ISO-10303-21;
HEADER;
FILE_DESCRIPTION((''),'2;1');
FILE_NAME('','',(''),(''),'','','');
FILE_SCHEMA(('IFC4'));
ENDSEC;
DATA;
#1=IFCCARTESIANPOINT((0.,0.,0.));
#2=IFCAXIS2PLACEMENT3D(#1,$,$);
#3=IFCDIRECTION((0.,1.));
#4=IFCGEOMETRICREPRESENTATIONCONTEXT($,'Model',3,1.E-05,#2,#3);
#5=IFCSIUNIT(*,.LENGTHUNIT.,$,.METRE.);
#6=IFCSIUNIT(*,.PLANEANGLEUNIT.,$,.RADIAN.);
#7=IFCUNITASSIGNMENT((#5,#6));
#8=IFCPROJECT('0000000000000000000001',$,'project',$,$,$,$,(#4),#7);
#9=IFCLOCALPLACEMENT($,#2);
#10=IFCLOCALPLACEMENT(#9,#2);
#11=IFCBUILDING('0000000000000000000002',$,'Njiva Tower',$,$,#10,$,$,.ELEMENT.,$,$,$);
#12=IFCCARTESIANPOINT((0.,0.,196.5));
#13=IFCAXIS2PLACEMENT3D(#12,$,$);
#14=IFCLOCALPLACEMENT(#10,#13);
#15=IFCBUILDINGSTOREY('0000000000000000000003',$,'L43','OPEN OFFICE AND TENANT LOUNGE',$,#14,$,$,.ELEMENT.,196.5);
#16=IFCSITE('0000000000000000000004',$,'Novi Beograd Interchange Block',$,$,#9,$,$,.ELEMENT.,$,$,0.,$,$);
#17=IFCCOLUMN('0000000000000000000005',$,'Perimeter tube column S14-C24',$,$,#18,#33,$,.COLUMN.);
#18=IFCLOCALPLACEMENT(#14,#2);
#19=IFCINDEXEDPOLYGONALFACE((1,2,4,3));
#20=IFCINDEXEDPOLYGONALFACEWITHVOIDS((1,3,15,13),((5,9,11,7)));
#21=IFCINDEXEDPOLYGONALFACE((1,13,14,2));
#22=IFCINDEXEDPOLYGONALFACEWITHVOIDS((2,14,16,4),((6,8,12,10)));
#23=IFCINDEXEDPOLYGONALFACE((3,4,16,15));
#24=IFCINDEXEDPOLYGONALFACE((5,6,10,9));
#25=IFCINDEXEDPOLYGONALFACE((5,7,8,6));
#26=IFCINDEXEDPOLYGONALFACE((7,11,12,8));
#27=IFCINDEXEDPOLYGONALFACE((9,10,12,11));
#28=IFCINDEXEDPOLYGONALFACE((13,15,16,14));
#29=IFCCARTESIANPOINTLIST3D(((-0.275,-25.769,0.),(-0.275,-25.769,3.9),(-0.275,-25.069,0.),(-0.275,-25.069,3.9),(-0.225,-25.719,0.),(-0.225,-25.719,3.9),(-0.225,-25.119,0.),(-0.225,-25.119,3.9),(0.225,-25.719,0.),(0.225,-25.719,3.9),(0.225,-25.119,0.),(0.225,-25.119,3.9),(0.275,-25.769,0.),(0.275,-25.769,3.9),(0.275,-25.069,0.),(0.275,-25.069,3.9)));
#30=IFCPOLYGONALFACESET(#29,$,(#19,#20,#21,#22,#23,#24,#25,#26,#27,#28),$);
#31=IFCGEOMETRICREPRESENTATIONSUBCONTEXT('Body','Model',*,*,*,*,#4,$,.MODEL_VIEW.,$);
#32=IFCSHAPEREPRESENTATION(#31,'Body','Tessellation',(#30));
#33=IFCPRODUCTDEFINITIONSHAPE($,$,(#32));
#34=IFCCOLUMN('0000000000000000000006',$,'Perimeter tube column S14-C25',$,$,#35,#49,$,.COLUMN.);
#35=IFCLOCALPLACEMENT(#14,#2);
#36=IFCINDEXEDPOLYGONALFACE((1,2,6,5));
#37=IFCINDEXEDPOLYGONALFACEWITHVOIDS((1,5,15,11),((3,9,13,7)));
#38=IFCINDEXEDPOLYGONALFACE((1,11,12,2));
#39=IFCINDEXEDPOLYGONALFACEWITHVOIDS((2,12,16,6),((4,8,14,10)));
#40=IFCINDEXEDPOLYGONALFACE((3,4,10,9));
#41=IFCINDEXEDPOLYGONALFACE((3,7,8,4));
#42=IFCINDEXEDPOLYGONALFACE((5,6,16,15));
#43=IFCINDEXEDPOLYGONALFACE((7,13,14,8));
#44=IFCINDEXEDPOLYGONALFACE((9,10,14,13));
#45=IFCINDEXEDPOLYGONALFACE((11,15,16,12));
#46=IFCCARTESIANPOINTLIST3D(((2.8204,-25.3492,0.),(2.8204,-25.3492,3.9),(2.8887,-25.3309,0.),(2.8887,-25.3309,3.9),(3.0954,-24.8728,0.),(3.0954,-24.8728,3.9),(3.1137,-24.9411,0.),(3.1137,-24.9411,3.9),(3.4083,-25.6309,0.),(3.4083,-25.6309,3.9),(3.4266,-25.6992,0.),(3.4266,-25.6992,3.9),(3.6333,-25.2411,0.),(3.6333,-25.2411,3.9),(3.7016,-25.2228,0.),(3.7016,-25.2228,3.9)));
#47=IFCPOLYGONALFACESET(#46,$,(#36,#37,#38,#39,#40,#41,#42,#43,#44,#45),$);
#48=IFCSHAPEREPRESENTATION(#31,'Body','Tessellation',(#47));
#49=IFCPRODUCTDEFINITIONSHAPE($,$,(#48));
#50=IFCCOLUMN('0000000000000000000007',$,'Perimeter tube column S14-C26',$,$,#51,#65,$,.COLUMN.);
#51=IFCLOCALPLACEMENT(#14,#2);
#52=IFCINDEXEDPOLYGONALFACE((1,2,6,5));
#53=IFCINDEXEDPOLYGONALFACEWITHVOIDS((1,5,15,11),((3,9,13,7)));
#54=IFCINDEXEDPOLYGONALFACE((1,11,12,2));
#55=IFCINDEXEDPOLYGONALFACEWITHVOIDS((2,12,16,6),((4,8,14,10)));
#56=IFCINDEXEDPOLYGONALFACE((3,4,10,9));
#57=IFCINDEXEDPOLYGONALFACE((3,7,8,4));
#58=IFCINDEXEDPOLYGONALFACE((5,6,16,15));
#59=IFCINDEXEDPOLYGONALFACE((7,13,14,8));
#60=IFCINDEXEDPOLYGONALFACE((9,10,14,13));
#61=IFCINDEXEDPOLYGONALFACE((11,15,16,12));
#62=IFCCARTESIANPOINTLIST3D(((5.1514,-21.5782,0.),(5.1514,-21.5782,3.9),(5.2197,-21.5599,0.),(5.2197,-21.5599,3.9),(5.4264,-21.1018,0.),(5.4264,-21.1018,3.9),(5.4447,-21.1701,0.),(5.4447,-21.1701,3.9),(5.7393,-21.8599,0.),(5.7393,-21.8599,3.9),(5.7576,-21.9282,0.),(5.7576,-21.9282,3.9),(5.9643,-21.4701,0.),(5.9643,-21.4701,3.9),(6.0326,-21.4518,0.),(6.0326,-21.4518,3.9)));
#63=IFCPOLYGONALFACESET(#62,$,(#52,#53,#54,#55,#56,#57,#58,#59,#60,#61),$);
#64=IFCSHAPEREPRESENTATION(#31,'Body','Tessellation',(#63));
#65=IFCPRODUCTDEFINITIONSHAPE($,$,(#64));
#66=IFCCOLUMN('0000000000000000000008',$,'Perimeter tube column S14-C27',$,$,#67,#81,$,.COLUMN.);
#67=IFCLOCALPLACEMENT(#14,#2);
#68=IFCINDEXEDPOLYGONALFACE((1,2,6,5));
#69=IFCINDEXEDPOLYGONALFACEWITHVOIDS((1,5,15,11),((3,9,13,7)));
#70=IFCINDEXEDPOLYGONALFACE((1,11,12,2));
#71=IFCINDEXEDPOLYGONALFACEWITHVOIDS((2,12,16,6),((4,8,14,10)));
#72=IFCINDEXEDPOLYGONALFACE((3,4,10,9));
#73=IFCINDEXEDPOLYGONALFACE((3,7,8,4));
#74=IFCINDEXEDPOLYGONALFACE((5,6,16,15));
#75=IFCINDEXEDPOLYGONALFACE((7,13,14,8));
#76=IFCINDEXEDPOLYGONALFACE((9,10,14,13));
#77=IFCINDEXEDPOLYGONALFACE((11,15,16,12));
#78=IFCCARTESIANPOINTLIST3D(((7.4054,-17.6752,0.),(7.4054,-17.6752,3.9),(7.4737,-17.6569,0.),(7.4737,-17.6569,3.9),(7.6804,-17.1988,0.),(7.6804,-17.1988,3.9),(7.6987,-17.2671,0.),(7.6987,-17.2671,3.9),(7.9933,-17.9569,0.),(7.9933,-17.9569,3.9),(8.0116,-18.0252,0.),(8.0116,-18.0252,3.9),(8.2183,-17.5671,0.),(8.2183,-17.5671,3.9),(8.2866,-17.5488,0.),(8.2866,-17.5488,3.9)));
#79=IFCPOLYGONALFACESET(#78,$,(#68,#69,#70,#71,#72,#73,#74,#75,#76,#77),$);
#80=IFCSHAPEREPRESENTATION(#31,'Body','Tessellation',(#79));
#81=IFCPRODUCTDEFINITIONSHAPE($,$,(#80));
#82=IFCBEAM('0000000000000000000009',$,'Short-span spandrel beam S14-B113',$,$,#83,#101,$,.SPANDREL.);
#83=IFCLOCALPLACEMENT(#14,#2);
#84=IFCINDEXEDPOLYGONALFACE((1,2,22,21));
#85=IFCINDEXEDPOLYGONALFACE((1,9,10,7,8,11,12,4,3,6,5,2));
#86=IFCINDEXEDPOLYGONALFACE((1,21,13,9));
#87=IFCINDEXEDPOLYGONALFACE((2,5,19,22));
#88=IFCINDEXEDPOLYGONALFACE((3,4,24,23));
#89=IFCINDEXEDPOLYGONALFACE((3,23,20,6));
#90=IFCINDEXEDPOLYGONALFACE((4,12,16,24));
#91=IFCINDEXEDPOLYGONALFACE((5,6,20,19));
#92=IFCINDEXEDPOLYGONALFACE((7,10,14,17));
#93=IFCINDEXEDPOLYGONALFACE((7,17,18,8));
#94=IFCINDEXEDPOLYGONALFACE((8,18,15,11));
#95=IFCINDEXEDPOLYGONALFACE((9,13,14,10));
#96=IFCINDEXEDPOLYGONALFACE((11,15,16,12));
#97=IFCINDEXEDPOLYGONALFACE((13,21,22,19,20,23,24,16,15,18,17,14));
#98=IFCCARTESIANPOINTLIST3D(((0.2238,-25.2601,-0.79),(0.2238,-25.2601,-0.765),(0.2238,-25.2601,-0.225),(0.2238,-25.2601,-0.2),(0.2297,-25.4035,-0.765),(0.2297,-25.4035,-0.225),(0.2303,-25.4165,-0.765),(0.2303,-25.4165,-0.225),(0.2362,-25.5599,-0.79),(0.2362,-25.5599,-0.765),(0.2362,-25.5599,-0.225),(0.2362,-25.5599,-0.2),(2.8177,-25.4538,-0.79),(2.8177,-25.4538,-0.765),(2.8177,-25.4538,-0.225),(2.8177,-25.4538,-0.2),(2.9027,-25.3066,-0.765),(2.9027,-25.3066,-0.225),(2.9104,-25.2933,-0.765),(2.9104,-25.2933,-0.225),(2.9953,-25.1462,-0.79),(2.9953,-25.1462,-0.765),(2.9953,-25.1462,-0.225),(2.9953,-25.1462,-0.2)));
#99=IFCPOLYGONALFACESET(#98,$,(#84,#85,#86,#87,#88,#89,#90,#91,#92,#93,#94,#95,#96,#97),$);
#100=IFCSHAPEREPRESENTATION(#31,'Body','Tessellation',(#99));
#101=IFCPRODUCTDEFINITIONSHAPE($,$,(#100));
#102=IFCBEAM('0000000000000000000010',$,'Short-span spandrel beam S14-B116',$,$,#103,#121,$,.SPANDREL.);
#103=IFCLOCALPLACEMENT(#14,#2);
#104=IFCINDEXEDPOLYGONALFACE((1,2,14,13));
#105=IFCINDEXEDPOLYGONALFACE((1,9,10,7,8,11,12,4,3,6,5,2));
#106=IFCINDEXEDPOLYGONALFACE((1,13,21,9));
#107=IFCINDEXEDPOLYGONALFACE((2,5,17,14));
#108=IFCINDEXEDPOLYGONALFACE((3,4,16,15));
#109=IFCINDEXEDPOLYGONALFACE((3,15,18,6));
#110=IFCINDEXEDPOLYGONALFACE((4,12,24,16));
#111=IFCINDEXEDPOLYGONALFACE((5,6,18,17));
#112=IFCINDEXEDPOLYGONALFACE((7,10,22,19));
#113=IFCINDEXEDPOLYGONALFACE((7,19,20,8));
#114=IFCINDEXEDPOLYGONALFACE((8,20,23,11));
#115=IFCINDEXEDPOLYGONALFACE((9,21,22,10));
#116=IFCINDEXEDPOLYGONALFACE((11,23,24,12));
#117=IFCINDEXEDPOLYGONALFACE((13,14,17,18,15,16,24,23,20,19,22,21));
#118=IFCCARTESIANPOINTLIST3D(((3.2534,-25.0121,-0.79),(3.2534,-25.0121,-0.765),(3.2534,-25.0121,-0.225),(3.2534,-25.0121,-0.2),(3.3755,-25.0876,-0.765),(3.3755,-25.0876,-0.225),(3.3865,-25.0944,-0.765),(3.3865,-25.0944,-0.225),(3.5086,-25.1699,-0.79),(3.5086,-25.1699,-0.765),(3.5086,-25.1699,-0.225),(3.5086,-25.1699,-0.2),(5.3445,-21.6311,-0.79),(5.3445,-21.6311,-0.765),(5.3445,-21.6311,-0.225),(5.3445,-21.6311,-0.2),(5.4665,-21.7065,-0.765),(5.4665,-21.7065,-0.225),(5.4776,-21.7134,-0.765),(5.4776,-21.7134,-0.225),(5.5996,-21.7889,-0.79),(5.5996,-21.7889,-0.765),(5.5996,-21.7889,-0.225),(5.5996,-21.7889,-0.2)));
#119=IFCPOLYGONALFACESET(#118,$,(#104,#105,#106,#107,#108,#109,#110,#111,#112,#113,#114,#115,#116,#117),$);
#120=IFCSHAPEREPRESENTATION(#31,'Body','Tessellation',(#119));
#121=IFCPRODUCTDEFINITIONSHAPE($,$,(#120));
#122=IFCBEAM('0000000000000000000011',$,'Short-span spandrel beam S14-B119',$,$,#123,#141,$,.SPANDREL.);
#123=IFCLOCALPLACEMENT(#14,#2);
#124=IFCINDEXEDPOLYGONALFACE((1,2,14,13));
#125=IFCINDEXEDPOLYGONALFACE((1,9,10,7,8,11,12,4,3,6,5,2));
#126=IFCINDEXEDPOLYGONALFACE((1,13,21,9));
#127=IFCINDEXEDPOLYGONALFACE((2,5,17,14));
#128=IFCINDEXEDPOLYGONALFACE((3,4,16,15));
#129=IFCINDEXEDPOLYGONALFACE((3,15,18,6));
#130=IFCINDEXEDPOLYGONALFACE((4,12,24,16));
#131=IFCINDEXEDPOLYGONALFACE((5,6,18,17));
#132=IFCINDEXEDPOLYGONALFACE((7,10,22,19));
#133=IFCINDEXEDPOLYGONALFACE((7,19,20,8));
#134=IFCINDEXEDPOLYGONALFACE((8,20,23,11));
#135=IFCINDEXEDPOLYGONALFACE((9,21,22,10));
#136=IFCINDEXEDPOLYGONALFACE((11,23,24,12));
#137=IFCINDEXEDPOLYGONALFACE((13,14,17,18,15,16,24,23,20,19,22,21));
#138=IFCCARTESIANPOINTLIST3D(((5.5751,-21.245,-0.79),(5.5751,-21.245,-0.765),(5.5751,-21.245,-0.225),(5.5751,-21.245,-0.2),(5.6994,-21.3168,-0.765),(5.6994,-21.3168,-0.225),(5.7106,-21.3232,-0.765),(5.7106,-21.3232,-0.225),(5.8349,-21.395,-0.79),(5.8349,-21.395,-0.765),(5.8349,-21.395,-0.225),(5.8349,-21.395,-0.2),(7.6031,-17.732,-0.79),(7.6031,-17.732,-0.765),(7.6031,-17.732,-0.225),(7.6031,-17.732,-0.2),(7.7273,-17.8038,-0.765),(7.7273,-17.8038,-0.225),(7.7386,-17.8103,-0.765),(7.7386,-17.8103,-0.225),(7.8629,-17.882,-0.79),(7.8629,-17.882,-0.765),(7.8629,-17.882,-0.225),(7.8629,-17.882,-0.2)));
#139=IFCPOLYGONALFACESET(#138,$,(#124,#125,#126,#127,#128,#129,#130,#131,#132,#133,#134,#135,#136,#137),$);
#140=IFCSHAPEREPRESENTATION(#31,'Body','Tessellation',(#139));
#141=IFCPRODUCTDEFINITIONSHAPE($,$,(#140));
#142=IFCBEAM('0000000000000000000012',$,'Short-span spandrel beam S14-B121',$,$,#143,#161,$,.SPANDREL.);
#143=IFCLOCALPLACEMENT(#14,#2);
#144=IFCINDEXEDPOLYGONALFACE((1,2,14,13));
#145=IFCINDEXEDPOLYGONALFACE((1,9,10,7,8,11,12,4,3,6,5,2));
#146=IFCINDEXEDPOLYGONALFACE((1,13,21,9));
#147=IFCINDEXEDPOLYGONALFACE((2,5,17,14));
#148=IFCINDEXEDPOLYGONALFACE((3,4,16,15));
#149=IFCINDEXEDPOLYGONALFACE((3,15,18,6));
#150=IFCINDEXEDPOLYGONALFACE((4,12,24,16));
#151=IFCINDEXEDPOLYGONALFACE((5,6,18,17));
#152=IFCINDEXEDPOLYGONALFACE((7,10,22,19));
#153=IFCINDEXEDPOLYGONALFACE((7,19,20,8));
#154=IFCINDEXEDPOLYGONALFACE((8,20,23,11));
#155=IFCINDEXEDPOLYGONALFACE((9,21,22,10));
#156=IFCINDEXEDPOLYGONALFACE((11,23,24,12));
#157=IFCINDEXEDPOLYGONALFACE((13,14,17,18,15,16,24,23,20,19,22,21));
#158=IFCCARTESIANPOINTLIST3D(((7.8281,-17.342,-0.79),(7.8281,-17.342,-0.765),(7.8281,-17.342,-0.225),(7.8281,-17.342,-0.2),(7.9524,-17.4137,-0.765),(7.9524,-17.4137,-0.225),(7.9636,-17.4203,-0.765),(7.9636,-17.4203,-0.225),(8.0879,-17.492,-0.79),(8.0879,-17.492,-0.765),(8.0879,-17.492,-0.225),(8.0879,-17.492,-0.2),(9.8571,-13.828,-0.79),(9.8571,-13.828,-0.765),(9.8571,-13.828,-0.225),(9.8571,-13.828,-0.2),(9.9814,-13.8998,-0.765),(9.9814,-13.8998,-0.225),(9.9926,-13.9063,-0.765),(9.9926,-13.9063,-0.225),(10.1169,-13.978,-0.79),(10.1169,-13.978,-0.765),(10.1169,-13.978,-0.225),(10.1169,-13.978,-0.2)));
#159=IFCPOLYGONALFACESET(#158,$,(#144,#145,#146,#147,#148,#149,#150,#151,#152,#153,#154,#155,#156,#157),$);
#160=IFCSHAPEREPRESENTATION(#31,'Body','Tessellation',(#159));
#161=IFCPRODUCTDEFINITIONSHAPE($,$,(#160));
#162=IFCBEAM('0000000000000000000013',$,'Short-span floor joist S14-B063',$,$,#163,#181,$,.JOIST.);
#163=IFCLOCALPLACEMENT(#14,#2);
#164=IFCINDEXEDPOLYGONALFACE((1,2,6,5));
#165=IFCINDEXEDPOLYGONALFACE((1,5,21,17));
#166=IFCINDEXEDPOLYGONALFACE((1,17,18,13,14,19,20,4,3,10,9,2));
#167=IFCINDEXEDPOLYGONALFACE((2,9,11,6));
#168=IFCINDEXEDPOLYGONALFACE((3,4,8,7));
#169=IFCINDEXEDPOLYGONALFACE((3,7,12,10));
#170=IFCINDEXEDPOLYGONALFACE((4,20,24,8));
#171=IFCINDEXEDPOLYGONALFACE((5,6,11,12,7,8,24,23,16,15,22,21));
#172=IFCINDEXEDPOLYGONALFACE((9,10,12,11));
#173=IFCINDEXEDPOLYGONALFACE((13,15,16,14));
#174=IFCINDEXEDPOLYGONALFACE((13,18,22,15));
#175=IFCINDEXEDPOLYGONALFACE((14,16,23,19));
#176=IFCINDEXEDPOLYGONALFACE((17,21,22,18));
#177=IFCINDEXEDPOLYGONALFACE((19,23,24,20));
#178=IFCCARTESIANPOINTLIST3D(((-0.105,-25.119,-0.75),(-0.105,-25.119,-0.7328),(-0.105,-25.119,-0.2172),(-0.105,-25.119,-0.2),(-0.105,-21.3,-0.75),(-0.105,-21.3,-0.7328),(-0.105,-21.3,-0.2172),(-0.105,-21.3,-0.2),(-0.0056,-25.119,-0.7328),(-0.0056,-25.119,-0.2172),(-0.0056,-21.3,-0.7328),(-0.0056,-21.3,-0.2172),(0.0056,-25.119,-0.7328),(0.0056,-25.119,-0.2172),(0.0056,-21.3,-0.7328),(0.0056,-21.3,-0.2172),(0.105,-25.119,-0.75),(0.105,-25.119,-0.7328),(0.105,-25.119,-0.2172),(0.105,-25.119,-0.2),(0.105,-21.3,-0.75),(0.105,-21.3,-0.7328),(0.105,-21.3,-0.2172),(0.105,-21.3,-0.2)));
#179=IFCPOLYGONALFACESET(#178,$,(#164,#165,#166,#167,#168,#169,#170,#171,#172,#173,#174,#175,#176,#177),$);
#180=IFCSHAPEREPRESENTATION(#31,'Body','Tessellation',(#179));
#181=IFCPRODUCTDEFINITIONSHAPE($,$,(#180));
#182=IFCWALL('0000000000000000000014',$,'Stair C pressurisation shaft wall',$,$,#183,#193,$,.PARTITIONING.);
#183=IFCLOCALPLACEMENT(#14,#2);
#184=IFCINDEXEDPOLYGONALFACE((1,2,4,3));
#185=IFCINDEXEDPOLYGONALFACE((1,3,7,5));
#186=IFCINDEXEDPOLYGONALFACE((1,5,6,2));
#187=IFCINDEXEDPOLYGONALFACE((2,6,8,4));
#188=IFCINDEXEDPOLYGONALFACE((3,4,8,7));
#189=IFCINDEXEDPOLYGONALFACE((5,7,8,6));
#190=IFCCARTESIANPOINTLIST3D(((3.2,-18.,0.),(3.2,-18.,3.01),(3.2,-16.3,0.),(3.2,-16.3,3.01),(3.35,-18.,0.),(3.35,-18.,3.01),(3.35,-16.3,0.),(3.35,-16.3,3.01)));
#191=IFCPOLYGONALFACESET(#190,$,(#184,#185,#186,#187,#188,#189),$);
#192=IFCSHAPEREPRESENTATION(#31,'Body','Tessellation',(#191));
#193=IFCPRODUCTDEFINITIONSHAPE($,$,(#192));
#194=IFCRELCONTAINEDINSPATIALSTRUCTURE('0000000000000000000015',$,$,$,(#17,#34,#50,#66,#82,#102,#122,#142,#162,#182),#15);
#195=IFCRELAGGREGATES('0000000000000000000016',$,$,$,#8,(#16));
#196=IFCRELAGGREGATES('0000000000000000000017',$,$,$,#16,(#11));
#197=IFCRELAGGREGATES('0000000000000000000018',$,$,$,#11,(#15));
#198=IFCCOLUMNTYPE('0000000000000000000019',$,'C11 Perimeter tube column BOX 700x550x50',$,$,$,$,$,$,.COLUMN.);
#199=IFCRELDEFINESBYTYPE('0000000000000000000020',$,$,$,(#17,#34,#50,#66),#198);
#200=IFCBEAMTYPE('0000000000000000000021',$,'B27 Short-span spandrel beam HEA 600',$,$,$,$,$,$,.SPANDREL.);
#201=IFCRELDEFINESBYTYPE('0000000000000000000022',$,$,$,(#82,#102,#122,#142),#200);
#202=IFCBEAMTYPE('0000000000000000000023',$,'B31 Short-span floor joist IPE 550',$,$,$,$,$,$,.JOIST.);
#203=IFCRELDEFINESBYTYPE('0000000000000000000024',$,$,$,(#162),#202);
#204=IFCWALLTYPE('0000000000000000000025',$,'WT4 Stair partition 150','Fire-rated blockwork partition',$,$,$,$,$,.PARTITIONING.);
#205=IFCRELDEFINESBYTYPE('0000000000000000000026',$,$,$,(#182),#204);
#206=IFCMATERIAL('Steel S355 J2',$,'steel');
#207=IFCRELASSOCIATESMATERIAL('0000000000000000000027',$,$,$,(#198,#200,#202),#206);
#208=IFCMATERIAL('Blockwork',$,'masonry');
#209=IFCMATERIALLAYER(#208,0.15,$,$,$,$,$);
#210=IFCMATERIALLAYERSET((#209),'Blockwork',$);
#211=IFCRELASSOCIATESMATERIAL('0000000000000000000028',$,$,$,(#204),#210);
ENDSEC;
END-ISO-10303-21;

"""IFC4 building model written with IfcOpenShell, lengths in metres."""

from ifc_helpers import new_model, si_unit, direction, frame, frame_2d, origin, origin_2d, place, context, subcontext, project, spatial, rectangle, hollow_rectangle, i_section, extrude, clip, halfspace, material, layer, layer_set, material_profile, profile_set, type_object, element, save


model = new_model("IFC4")

# Units and contexts
model_context = context("Model", 3, precision=1e-05, world=origin(), true_north=direction((0.0, 1.0)))
body_context = subcontext(model_context, "Body", "Model", "MODEL_VIEW")
ifc_project = project(units=[si_unit("LENGTHUNIT", "METRE"), si_unit("PLANEANGLEUNIT", "RADIAN")], contexts=[model_context])

# Site, building, storey
site_placement = place(None, origin())
site = spatial("IfcSite", under=ifc_project, at=site_placement, Name="Novi Beograd Interchange Block", CompositionType="ELEMENT", RefElevation=0.0)
building_placement = place(site_placement, origin())
building = spatial("IfcBuilding", under=site, at=building_placement, Name="Njiva Tower", CompositionType="ELEMENT")
storey_placement = place(building_placement, frame((0.0, 0.0, 196.5)))
storey = spatial("IfcBuildingStorey", under=building, at=storey_placement, Name="L43", Description="OPEN OFFICE AND TENANT LOUNGE", CompositionType="ELEMENT", Elevation=196.5)

# Columns
ifc_material_1 = material(Name="Steel S355 J2", Category="steel")
ifc_material_profile_1 = material_profile(ifc_material_1, hollow_rectangle(XDim=0.55, YDim=0.7, WallThickness=0.05, at=origin_2d()), Name="BOX 700x550x50")
ifc_profile_set_1 = profile_set([ifc_material_profile_1], Name="Steel S355 J2")
column_type = type_object("IfcColumnType", Name="C11 Perimeter tube column BOX 700x550x50", PredefinedType="COLUMN", material=ifc_profile_set_1)
for number, where, z_axis, x_axis, name in (
    (1, (0.0, -25.419, 0.0), (0.0, 0.0, 1.0), (1.0, 0.0, 0.0), "Perimeter tube column S14-C24"),
    (2, (3.261, -25.286, 0.0), (0.0, 0.0, 1.0), (0.5, 0.866025, 0.0), "Perimeter tube column S14-C25"),
    (3, (5.592, -21.515, 0.0), (0.0, 0.0, 1.0), (0.5, 0.866025, 0.0), "Perimeter tube column S14-C26"),
    (4, (7.846, -17.612, 0.0), (0.0, 0.0, 1.0), (0.5, 0.866025, 0.0), "Perimeter tube column S14-C27"),
):
    element("IfcColumn", number, at=place(storey_placement, frame(where, z_axis=z_axis, x_axis=x_axis)), inside=storey, type_object=column_type, Name=name, PredefinedType="COLUMN", context=body_context, shape_type="SweptSolid", body=[
        extrude(hollow_rectangle(XDim=0.55, YDim=0.7, WallThickness=0.05, at=origin_2d()), origin(), (0.0, 0.0, 1.0), 3.9),
    ])

# Beams
ifc_material_profile_2 = material_profile(ifc_material_1, i_section(OverallWidth=0.3, OverallDepth=0.59, WebThickness=0.013, FlangeThickness=0.025, at=origin_2d()), Name="HEA 600")
ifc_profile_set_2 = profile_set([ifc_material_profile_2], Name="Steel S355 J2")
beam_type_1 = type_object("IfcBeamType", Name="B27 Short-span spandrel beam HEA 600", PredefinedType="SPANDREL", material=ifc_profile_set_2)
beam_1_placement = place(storey_placement, frame((0.23, -25.41, -0.495), z_axis=(0.999156, 0.041071, 0.0), x_axis=(-0.041071, 0.999156, 0.0)))
element("IfcBeam", 5, at=beam_1_placement, inside=storey, type_object=beam_type_1, Name="Short-span spandrel beam S14-B113", PredefinedType="SPANDREL", context=body_context, shape_type="Clipping", body=[
    clip(extrude(i_section(OverallWidth=0.3, OverallDepth=0.59, WebThickness=0.013, FlangeThickness=0.025, at=origin_2d()), origin(), (0.0, 0.0, 1.0), 2.7933), halfspace(frame((-0.0271, 0.0, 2.6616), z_axis=(-0.535145, 0.0, 0.84476), x_axis=(0.0, 1.0, 0.0)), False)),
])
beam_2_placement = place(storey_placement, frame((3.381, -25.091, -0.495), z_axis=(0.525991, 0.85049, 0.0), x_axis=(-0.85049, 0.525991, 0.0)))
element("IfcBeam", 6, at=beam_2_placement, inside=storey, type_object=beam_type_1, Name="Short-span spandrel beam S14-B116", PredefinedType="SPANDREL", context=body_context, shape_type="SweptSolid", body=[
    extrude(i_section(OverallWidth=0.3, OverallDepth=0.59, WebThickness=0.013, FlangeThickness=0.025, at=origin_2d()), origin(), (0.0, 0.0, 1.0), 3.9754),
])
beam_3_placement = place(storey_placement, frame((5.705, -21.32, -0.495), z_axis=(0.499957, 0.86605, 0.0), x_axis=(-0.86605, 0.499957, 0.0)))
element("IfcBeam", 7, at=beam_3_placement, inside=storey, type_object=beam_type_1, Name="Short-span spandrel beam S14-B119", PredefinedType="SPANDREL", context=body_context, shape_type="SweptSolid", body=[
    extrude(i_section(OverallWidth=0.3, OverallDepth=0.59, WebThickness=0.013, FlangeThickness=0.025, at=origin_2d()), origin(), (0.0, 0.0, 1.0), 4.0563),
])
beam_4_placement = place(storey_placement, frame((7.958, -17.417, -0.495), z_axis=(0.500035, 0.866005, 0.0), x_axis=(-0.866005, 0.500035, 0.0)))
element("IfcBeam", 8, at=beam_4_placement, inside=storey, type_object=beam_type_1, Name="Short-span spandrel beam S14-B121", PredefinedType="SPANDREL", context=body_context, shape_type="SweptSolid", body=[
    extrude(i_section(OverallWidth=0.3, OverallDepth=0.59, WebThickness=0.013, FlangeThickness=0.025, at=origin_2d()), origin(), (0.0, 0.0, 1.0), 4.0577),
])
ifc_material_profile_3 = material_profile(ifc_material_1, i_section(OverallWidth=0.21, OverallDepth=0.55, WebThickness=0.0111, FlangeThickness=0.0172, at=origin_2d()), Name="IPE 550")
ifc_profile_set_3 = profile_set([ifc_material_profile_3], Name="Steel S355 J2")
beam_type_2 = type_object("IfcBeamType", Name="B31 Short-span floor joist IPE 550", PredefinedType="JOIST", material=ifc_profile_set_3)
beam_5_placement = place(storey_placement, frame((0.0, -21.3, -0.475), z_axis=(0.0, -1.0, 0.0), x_axis=(1.0, 0.0, 0.0)))
element("IfcBeam", 9, at=beam_5_placement, inside=storey, type_object=beam_type_2, Name="Short-span floor joist S14-B063", PredefinedType="JOIST", context=body_context, shape_type="SweptSolid", body=[
    extrude(i_section(OverallWidth=0.21, OverallDepth=0.55, WebThickness=0.0111, FlangeThickness=0.0172, at=origin_2d()), origin(), (0.0, 0.0, 1.0), 3.819),
])

# Wall
ifc_material_2 = material(Name="Blockwork", Category="masonry")
ifc_layer_1 = layer(ifc_material_2, 0.15)
ifc_layer_set_1 = layer_set([ifc_layer_1], Name="Blockwork")
wall_type_1 = type_object("IfcWallType", Name="WT4 Stair partition 150", Description="Fire-rated blockwork partition", PredefinedType="PARTITIONING", material=ifc_layer_set_1)
wall_1_placement = place(storey_placement, frame((3.275, -18.0, 0.0), z_axis=(0.0, 0.0, 1.0), x_axis=(0.0, 1.0, 0.0)))
element("IfcWall", 10, at=wall_1_placement, inside=storey, type_object=wall_type_1, Name="Stair C pressurisation shaft wall", PredefinedType="PARTITIONING", context=body_context, shape_type="SweptSolid", body=[
    extrude(rectangle(XDim=1.7, YDim=0.15, at=frame_2d((0.85, 0.0))), origin(), (0.0, 0.0, 1.0), 3.01),
])

save(model, "model.ifc")
